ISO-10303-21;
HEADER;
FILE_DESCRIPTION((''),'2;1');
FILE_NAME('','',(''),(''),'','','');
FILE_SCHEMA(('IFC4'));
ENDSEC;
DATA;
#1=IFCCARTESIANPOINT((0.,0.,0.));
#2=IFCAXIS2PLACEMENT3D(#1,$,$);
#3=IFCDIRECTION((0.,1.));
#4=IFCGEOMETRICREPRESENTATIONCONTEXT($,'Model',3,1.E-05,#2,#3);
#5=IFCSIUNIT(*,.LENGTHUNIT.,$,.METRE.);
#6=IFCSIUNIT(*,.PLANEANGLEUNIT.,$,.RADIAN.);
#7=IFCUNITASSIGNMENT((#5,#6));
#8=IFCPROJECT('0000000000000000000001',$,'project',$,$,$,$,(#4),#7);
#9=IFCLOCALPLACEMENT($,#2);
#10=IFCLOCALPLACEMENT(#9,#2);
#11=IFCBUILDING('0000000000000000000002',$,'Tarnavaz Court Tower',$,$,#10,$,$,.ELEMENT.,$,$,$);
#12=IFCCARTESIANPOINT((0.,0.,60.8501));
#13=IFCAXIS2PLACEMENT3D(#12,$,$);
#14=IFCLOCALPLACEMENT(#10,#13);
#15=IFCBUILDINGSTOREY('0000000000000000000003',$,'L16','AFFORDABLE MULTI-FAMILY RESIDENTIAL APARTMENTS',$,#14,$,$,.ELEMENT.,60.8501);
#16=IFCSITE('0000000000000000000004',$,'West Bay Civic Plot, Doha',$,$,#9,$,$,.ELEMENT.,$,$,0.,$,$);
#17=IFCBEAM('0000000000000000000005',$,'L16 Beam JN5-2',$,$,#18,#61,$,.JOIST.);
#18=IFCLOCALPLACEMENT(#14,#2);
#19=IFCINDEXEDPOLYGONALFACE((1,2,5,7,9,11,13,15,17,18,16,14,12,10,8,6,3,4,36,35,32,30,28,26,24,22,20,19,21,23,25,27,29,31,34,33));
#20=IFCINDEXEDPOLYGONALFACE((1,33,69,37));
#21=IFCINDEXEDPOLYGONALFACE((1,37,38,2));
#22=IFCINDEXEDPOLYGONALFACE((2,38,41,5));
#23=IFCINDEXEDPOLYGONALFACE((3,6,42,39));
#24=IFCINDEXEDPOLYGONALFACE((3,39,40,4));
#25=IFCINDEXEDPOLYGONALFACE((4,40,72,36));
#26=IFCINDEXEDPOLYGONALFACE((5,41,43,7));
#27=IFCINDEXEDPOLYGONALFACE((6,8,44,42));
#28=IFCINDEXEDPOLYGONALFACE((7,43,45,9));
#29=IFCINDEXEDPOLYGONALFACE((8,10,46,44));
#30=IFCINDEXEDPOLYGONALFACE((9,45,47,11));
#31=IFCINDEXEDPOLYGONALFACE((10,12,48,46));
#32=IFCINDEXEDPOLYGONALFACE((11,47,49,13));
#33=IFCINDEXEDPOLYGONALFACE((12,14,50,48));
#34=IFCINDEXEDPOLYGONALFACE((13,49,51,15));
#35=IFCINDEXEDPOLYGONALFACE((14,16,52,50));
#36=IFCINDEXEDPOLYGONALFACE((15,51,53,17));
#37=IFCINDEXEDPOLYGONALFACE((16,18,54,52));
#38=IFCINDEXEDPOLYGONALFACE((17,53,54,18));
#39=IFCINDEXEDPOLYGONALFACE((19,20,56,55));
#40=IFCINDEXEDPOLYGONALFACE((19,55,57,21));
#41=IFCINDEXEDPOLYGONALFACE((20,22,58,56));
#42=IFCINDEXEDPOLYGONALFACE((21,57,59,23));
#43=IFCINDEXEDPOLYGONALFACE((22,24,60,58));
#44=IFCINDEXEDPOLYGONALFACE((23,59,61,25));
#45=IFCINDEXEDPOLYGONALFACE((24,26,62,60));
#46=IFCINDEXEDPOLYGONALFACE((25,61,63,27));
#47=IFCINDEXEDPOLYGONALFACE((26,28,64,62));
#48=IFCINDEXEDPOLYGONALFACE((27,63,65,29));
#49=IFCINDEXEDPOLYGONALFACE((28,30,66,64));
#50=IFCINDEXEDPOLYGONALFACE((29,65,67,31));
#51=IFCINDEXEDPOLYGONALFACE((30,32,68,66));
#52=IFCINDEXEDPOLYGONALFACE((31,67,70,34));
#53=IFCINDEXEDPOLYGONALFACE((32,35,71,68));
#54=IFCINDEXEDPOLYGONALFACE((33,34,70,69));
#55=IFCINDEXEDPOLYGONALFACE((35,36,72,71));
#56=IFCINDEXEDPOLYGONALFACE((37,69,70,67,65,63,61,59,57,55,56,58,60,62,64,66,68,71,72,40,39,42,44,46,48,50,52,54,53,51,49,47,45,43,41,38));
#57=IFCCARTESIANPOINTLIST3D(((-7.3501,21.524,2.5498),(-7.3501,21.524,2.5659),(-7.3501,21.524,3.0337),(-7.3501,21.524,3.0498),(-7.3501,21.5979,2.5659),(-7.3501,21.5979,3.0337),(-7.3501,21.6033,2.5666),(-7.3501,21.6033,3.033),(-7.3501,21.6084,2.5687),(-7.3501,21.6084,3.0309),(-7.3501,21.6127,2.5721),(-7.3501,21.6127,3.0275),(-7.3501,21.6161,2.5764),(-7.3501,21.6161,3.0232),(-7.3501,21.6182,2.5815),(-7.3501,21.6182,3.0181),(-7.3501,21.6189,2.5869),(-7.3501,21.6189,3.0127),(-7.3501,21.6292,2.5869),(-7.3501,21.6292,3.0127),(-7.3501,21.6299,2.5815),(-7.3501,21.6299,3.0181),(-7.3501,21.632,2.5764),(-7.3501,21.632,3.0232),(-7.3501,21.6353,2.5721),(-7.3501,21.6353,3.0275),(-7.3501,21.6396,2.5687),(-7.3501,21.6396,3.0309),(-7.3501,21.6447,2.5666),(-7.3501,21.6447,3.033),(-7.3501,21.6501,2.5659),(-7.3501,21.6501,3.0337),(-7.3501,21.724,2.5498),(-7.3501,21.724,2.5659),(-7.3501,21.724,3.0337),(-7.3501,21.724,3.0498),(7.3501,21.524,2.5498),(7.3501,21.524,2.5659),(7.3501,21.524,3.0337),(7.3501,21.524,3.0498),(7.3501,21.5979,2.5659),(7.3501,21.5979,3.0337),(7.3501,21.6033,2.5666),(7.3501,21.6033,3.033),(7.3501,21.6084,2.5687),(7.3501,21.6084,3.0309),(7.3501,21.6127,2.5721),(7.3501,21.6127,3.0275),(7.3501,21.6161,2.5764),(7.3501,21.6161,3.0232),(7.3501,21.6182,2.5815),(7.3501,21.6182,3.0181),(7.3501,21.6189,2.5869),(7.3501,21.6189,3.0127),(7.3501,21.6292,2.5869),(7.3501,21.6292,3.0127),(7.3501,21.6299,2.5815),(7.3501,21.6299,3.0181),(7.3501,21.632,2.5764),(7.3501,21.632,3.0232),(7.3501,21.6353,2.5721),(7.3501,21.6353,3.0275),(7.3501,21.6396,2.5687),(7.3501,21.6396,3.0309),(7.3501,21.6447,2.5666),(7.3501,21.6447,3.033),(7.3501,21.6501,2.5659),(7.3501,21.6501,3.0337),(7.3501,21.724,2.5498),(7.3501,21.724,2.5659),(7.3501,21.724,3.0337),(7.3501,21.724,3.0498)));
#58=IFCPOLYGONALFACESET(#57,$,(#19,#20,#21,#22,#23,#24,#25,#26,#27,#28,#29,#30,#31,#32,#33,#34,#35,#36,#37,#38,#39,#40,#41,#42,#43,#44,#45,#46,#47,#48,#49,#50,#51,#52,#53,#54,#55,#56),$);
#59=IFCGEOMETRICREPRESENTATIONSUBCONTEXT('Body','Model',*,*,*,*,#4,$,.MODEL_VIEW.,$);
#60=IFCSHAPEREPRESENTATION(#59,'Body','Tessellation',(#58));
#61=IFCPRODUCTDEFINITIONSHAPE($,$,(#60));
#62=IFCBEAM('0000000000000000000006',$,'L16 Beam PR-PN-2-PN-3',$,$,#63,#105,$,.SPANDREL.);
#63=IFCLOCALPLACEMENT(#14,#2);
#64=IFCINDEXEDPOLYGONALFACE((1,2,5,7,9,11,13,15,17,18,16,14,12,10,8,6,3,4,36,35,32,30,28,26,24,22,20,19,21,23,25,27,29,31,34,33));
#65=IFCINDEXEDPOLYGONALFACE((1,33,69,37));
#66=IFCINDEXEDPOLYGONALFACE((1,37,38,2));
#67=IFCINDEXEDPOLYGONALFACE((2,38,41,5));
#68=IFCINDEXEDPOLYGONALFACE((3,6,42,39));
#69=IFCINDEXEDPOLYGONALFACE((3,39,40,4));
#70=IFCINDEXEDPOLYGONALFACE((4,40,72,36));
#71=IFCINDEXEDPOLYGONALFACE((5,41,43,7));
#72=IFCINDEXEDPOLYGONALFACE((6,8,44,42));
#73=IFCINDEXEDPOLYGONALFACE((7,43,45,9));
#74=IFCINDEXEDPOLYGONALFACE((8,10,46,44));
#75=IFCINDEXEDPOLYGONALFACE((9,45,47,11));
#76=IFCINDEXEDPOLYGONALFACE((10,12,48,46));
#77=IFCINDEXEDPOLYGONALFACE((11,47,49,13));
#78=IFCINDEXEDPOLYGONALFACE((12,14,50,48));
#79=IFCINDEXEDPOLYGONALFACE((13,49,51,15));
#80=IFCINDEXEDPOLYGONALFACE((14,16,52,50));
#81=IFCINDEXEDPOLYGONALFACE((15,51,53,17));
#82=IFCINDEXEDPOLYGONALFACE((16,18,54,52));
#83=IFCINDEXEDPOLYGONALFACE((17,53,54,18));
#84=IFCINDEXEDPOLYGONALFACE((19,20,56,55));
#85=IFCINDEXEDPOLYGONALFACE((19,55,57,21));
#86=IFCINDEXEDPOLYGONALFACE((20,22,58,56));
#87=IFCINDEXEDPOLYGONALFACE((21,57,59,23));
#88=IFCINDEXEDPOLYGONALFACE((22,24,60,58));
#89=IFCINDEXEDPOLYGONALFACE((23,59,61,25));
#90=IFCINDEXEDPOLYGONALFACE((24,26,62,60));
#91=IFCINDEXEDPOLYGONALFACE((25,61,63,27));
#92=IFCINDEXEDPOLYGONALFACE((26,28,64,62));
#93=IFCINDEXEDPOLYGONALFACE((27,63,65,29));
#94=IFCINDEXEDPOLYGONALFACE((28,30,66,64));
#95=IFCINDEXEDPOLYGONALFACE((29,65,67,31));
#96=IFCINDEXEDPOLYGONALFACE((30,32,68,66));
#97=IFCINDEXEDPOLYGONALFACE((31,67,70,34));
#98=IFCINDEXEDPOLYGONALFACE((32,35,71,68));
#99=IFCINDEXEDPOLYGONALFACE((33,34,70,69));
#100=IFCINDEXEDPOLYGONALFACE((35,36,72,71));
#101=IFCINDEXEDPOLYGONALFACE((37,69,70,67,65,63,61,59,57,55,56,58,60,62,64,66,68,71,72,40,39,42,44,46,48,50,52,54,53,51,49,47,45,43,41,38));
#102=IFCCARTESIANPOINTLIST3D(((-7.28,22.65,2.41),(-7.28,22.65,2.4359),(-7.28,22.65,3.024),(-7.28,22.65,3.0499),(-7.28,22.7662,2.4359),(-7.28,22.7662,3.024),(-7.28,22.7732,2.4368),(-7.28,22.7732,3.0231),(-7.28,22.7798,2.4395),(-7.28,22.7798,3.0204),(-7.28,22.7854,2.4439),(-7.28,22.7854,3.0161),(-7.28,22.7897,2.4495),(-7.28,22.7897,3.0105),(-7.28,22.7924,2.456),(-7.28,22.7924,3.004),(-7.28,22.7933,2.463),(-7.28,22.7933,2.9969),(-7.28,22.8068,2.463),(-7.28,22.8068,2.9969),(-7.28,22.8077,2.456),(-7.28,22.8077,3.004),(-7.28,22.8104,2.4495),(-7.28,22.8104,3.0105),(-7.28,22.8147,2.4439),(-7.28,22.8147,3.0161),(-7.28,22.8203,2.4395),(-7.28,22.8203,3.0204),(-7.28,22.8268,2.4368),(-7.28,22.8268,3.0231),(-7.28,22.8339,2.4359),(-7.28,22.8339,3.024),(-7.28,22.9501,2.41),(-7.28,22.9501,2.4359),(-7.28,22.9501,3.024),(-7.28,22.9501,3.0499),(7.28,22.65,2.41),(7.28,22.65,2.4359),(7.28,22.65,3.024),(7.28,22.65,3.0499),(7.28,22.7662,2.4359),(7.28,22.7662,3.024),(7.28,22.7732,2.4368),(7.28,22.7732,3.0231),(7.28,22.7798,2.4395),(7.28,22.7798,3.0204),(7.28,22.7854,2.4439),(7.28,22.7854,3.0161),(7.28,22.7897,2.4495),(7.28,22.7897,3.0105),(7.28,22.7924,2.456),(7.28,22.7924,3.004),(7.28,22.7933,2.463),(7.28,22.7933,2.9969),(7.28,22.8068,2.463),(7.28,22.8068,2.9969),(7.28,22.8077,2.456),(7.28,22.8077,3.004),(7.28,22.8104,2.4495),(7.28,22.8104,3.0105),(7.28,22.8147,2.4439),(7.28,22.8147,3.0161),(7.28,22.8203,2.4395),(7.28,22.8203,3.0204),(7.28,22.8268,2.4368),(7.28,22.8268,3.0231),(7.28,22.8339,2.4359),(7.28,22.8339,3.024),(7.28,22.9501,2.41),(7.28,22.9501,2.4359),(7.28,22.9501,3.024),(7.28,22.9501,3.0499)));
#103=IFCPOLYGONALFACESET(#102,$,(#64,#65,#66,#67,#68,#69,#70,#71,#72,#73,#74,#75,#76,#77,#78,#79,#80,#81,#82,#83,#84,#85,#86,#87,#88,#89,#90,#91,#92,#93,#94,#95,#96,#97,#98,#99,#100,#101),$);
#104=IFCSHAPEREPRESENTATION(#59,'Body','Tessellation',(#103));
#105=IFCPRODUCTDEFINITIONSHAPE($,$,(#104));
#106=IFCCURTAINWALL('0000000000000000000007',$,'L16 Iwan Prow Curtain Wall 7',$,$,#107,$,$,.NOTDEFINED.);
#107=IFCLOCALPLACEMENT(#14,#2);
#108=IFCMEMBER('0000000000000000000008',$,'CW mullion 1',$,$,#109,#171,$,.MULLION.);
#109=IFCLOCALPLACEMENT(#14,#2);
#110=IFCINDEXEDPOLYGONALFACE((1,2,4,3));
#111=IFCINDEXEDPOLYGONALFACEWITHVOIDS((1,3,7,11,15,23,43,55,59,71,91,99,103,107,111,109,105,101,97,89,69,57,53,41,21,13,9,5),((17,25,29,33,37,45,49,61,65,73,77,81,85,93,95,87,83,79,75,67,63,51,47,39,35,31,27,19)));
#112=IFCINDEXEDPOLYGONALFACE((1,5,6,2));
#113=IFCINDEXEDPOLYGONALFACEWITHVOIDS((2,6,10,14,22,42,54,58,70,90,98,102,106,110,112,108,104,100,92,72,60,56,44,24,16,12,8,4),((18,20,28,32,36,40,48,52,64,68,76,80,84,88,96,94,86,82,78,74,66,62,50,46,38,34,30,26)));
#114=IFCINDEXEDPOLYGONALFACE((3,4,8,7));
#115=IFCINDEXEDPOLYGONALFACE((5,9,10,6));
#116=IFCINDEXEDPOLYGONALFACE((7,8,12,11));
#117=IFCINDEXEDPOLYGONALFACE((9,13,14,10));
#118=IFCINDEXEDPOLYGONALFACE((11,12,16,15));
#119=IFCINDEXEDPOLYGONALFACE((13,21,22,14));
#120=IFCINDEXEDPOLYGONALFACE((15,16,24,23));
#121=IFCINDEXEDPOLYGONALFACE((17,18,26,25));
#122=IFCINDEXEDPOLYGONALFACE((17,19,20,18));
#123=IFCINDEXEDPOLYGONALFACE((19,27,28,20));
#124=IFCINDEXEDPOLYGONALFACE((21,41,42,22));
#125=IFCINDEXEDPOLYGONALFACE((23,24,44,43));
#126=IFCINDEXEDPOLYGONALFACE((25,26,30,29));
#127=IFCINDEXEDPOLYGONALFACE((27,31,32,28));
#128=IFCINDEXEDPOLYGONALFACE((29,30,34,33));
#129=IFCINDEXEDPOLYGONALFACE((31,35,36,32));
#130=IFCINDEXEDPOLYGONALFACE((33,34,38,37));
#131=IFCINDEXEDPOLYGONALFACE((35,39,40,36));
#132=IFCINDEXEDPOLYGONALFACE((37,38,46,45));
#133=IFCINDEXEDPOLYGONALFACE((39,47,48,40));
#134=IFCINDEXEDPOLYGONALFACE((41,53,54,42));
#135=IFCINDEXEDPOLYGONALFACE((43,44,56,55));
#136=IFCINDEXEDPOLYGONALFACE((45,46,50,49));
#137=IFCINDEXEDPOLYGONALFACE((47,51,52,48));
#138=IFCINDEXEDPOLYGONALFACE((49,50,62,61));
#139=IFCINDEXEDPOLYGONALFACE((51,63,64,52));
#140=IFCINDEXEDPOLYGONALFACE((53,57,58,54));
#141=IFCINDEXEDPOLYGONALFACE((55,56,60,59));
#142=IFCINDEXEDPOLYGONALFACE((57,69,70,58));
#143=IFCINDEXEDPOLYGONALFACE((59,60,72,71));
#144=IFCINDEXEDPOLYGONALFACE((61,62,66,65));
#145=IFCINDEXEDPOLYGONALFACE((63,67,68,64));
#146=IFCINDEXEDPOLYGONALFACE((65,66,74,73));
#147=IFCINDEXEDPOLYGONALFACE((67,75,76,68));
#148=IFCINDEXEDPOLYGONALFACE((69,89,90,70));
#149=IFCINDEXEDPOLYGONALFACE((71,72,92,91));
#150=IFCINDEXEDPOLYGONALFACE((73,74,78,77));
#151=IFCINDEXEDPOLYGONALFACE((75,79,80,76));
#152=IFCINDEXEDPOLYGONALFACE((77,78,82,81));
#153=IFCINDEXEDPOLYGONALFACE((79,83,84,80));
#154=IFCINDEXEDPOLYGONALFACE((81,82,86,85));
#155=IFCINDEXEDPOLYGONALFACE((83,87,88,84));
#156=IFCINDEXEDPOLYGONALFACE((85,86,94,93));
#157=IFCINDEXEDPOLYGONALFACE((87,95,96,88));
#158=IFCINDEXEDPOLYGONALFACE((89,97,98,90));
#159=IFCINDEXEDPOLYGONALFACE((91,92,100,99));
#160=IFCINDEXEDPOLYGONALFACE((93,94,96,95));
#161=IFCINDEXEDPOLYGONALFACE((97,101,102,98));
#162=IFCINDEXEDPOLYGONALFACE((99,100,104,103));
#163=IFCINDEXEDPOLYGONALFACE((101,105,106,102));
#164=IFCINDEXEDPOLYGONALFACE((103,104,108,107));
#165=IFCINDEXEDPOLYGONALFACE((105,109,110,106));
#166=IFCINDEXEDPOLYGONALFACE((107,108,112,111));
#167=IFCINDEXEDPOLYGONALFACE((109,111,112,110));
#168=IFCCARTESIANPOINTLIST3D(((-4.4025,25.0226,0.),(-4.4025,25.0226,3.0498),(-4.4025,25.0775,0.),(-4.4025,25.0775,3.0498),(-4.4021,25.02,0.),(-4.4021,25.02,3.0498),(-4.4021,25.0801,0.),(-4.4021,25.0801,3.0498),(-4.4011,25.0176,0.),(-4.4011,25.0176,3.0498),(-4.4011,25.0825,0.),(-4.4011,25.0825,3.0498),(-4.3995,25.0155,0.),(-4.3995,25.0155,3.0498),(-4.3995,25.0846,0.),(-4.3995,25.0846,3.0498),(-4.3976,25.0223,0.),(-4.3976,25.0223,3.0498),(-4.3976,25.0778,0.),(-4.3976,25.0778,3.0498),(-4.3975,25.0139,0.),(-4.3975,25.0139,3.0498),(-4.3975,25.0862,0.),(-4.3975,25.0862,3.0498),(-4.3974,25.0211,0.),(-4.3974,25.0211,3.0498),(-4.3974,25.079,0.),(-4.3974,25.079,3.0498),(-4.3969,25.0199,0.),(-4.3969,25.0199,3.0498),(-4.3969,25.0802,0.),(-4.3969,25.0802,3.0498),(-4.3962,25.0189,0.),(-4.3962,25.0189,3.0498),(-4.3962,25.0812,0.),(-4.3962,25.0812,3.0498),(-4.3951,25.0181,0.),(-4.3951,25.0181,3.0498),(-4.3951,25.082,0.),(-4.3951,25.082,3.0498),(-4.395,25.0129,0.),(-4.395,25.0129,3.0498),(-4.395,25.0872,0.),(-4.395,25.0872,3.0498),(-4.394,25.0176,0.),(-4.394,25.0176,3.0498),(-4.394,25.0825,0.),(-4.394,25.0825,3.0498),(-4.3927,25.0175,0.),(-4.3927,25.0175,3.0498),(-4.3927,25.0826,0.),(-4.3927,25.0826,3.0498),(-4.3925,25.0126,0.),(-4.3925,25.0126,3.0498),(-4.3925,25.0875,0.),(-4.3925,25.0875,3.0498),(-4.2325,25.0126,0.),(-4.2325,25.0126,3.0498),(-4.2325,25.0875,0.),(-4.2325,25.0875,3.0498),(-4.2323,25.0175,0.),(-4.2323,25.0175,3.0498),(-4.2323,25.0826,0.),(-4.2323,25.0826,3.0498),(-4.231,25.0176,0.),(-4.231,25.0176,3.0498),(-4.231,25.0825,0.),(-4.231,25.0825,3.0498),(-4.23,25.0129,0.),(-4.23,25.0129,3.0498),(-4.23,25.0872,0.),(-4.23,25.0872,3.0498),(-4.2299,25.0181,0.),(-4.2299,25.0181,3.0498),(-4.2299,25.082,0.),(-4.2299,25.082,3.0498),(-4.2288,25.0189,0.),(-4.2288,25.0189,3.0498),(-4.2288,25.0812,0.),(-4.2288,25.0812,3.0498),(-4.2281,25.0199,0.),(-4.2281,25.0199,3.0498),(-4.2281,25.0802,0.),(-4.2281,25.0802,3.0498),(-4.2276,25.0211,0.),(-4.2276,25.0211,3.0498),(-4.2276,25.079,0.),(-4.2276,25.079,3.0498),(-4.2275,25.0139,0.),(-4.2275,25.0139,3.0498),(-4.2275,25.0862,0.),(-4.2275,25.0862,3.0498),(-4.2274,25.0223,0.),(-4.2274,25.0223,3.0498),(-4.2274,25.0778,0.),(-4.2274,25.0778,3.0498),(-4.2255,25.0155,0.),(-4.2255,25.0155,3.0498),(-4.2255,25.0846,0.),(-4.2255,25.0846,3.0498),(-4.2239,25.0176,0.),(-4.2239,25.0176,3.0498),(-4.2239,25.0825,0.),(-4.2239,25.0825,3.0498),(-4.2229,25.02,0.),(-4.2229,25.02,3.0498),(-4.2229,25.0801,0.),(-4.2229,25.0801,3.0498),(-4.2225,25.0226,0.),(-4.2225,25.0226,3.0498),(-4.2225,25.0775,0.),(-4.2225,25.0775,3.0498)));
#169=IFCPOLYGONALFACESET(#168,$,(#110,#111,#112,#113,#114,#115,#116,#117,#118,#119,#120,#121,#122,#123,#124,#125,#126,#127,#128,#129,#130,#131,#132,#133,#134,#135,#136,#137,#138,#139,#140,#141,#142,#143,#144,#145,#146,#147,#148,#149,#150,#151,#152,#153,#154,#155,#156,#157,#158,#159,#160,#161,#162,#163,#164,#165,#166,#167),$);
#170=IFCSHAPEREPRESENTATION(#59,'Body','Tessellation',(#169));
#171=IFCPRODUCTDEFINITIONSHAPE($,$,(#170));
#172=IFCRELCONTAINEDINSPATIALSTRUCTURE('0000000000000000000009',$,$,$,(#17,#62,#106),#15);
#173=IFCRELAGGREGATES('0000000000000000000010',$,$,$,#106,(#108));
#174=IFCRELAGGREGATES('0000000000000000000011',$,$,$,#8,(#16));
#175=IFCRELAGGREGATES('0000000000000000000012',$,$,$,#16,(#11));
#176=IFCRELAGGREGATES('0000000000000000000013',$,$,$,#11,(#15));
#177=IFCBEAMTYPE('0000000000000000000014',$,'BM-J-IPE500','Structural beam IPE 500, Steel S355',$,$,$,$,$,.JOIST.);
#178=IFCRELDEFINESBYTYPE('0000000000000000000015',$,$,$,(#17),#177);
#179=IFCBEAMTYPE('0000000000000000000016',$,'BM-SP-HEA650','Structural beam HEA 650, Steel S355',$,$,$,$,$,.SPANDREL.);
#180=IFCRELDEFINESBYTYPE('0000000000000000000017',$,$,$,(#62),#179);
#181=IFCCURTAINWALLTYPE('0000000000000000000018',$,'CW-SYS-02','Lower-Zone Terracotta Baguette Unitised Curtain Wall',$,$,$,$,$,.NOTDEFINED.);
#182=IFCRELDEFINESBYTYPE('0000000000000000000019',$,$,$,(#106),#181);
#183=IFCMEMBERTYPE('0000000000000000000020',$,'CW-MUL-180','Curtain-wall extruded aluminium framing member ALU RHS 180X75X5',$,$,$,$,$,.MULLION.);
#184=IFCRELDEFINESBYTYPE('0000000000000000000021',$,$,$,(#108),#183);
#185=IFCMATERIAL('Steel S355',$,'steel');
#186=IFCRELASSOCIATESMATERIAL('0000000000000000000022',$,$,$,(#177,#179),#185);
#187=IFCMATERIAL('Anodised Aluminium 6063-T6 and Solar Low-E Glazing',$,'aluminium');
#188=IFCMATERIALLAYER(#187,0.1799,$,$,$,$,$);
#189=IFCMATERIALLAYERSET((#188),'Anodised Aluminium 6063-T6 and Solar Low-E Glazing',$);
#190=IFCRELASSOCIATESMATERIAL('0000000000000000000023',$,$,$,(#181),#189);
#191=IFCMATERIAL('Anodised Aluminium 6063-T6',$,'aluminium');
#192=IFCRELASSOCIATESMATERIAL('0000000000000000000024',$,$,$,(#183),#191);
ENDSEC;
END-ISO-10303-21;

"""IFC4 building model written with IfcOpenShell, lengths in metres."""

from ifc_helpers import new_model, si_unit, direction, frame, origin, origin_2d, place, context, subcontext, project, spatial, hollow_rectangle, i_section, extrude, material, layer, layer_set, material_profile, profile_set, type_object, element, aggregate, save


model = new_model("IFC4")

# Units and contexts
model_context = context("Model", 3, precision=1e-05, world=origin(), true_north=direction((0.0, 1.0)))
body_context = subcontext(model_context, "Body", "Model", "MODEL_VIEW")
ifc_project = project(units=[si_unit("LENGTHUNIT", "METRE"), si_unit("PLANEANGLEUNIT", "RADIAN")], contexts=[model_context])

# Site, building, storey
site_placement = place(None, origin())
site = spatial("IfcSite", under=ifc_project, at=site_placement, Name="West Bay Civic Plot, Doha", CompositionType="ELEMENT", RefElevation=0.0)
building_placement = place(site_placement, origin())
building = spatial("IfcBuilding", under=site, at=building_placement, Name="Tarnavaz Court Tower", CompositionType="ELEMENT")
storey_placement = place(building_placement, frame((0.0, 0.0, 60.8501)))
storey = spatial("IfcBuildingStorey", under=building, at=storey_placement, Name="L16", Description="AFFORDABLE MULTI-FAMILY RESIDENTIAL APARTMENTS", CompositionType="ELEMENT", Elevation=60.8501)

# Beams
ifc_material_1 = material(Name="Steel S355", Category="steel")
ifc_material_profile_1 = material_profile(ifc_material_1, i_section(OverallWidth=0.2, OverallDepth=0.5, WebThickness=0.0103, FlangeThickness=0.0161, FilletRadius=0.021, at=origin_2d()), Name="IPE 500")
ifc_profile_set_1 = profile_set([ifc_material_profile_1], Name="Steel S355")
beam_type_1 = type_object("IfcBeamType", Name="BM-J-IPE500", Description="Structural beam IPE 500, Steel S355", PredefinedType="JOIST", material=ifc_profile_set_1)
for number, where, z_axis, x_axis, name in (
    (1, (-7.3501, 21.624, 2.7998), (1.0, 0.0, 0.0), (0.0, 1.0, 0.0), "L16 Beam JN5-2"),
):
    element("IfcBeam", number, at=place(storey_placement, frame(where, z_axis=z_axis, x_axis=x_axis)), inside=storey, type_object=beam_type_1, Name=name, PredefinedType="JOIST", context=body_context, shape_type="SweptSolid", body=[
        extrude(i_section(OverallWidth=0.2, OverallDepth=0.5, WebThickness=0.0103, FlangeThickness=0.0161, FilletRadius=0.021, at=origin_2d()), origin(), (0.0, 0.0, 1.0), 14.7002),
    ])
ifc_material_profile_2 = material_profile(ifc_material_1, i_section(OverallWidth=0.3, OverallDepth=0.6399, WebThickness=0.0134, FlangeThickness=0.0259, FilletRadius=0.0271, at=origin_2d()), Name="HEA 650")
ifc_profile_set_2 = profile_set([ifc_material_profile_2], Name="Steel S355")
beam_type_2 = type_object("IfcBeamType", Name="BM-SP-HEA650", Description="Structural beam HEA 650, Steel S355", PredefinedType="SPANDREL", material=ifc_profile_set_2)
beam_placement = place(storey_placement, frame((-7.28, 22.8, 2.73), z_axis=(1.0, 0.0, 0.0), x_axis=(0.0, 1.0, 0.0)))
element("IfcBeam", 2, at=beam_placement, inside=storey, type_object=beam_type_2, Name="L16 Beam PR-PN-2-PN-3", PredefinedType="SPANDREL", context=body_context, shape_type="SweptSolid", body=[
    extrude(i_section(OverallWidth=0.3, OverallDepth=0.6399, WebThickness=0.0134, FlangeThickness=0.0259, FilletRadius=0.0271, at=origin_2d()), origin(), (0.0, 0.0, 1.0), 14.5601),
])

# Curtain wall, member
ifc_material_2 = material(Name="Anodised Aluminium 6063-T6 and Solar Low-E Glazing", Category="aluminium")
ifc_layer_1 = layer(ifc_material_2, 0.1799)
ifc_layer_set_1 = layer_set([ifc_layer_1], Name="Anodised Aluminium 6063-T6 and Solar Low-E Glazing")
curtain_wall_type = type_object("IfcCurtainWallType", Name="CW-SYS-02", Description="Lower-Zone Terracotta Baguette Unitised Curtain Wall", PredefinedType="NOTDEFINED", material=ifc_layer_set_1)
curtain_wall_placement = place(storey_placement, origin())
curtain_wall = element("IfcCurtainWall", 3, at=curtain_wall_placement, inside=storey, type_object=curtain_wall_type, Name="L16 Iwan Prow Curtain Wall 7", PredefinedType="NOTDEFINED")
ifc_material_3 = material(Name="Anodised Aluminium 6063-T6", Category="aluminium")
ifc_material_profile_3 = material_profile(ifc_material_3, hollow_rectangle(XDim=0.075, YDim=0.1799, WallThickness=0.0049, InnerFilletRadius=0.0049, OuterFilletRadius=0.01, at=origin_2d()), Name="ALU RHS 180X75X5")
ifc_profile_set_3 = profile_set([ifc_material_profile_3], Name="Anodised Aluminium 6063-T6")
member_type_1 = type_object("IfcMemberType", Name="CW-MUL-180", Description="Curtain-wall extruded aluminium framing member ALU RHS 180X75X5", PredefinedType="MULLION", material=ifc_profile_set_3)
member_1_placement = place(storey_placement, frame((-4.3125, 25.05, 0.0), z_axis=(0.0, 0.0, 1.0), x_axis=(0.0, 1.0, 0.0)))
member_1 = element("IfcMember", 4, at=member_1_placement, type_object=member_type_1, Name="CW mullion 1", PredefinedType="MULLION", context=body_context, shape_type="SweptSolid", body=[
    extrude(hollow_rectangle(XDim=0.075, YDim=0.1799, WallThickness=0.0049, InnerFilletRadius=0.0049, OuterFilletRadius=0.01, at=origin_2d()), origin(), (0.0, 0.0, 1.0), 3.0498),
])
aggregate(curtain_wall, [member_1])

save(model, "model.ifc")
